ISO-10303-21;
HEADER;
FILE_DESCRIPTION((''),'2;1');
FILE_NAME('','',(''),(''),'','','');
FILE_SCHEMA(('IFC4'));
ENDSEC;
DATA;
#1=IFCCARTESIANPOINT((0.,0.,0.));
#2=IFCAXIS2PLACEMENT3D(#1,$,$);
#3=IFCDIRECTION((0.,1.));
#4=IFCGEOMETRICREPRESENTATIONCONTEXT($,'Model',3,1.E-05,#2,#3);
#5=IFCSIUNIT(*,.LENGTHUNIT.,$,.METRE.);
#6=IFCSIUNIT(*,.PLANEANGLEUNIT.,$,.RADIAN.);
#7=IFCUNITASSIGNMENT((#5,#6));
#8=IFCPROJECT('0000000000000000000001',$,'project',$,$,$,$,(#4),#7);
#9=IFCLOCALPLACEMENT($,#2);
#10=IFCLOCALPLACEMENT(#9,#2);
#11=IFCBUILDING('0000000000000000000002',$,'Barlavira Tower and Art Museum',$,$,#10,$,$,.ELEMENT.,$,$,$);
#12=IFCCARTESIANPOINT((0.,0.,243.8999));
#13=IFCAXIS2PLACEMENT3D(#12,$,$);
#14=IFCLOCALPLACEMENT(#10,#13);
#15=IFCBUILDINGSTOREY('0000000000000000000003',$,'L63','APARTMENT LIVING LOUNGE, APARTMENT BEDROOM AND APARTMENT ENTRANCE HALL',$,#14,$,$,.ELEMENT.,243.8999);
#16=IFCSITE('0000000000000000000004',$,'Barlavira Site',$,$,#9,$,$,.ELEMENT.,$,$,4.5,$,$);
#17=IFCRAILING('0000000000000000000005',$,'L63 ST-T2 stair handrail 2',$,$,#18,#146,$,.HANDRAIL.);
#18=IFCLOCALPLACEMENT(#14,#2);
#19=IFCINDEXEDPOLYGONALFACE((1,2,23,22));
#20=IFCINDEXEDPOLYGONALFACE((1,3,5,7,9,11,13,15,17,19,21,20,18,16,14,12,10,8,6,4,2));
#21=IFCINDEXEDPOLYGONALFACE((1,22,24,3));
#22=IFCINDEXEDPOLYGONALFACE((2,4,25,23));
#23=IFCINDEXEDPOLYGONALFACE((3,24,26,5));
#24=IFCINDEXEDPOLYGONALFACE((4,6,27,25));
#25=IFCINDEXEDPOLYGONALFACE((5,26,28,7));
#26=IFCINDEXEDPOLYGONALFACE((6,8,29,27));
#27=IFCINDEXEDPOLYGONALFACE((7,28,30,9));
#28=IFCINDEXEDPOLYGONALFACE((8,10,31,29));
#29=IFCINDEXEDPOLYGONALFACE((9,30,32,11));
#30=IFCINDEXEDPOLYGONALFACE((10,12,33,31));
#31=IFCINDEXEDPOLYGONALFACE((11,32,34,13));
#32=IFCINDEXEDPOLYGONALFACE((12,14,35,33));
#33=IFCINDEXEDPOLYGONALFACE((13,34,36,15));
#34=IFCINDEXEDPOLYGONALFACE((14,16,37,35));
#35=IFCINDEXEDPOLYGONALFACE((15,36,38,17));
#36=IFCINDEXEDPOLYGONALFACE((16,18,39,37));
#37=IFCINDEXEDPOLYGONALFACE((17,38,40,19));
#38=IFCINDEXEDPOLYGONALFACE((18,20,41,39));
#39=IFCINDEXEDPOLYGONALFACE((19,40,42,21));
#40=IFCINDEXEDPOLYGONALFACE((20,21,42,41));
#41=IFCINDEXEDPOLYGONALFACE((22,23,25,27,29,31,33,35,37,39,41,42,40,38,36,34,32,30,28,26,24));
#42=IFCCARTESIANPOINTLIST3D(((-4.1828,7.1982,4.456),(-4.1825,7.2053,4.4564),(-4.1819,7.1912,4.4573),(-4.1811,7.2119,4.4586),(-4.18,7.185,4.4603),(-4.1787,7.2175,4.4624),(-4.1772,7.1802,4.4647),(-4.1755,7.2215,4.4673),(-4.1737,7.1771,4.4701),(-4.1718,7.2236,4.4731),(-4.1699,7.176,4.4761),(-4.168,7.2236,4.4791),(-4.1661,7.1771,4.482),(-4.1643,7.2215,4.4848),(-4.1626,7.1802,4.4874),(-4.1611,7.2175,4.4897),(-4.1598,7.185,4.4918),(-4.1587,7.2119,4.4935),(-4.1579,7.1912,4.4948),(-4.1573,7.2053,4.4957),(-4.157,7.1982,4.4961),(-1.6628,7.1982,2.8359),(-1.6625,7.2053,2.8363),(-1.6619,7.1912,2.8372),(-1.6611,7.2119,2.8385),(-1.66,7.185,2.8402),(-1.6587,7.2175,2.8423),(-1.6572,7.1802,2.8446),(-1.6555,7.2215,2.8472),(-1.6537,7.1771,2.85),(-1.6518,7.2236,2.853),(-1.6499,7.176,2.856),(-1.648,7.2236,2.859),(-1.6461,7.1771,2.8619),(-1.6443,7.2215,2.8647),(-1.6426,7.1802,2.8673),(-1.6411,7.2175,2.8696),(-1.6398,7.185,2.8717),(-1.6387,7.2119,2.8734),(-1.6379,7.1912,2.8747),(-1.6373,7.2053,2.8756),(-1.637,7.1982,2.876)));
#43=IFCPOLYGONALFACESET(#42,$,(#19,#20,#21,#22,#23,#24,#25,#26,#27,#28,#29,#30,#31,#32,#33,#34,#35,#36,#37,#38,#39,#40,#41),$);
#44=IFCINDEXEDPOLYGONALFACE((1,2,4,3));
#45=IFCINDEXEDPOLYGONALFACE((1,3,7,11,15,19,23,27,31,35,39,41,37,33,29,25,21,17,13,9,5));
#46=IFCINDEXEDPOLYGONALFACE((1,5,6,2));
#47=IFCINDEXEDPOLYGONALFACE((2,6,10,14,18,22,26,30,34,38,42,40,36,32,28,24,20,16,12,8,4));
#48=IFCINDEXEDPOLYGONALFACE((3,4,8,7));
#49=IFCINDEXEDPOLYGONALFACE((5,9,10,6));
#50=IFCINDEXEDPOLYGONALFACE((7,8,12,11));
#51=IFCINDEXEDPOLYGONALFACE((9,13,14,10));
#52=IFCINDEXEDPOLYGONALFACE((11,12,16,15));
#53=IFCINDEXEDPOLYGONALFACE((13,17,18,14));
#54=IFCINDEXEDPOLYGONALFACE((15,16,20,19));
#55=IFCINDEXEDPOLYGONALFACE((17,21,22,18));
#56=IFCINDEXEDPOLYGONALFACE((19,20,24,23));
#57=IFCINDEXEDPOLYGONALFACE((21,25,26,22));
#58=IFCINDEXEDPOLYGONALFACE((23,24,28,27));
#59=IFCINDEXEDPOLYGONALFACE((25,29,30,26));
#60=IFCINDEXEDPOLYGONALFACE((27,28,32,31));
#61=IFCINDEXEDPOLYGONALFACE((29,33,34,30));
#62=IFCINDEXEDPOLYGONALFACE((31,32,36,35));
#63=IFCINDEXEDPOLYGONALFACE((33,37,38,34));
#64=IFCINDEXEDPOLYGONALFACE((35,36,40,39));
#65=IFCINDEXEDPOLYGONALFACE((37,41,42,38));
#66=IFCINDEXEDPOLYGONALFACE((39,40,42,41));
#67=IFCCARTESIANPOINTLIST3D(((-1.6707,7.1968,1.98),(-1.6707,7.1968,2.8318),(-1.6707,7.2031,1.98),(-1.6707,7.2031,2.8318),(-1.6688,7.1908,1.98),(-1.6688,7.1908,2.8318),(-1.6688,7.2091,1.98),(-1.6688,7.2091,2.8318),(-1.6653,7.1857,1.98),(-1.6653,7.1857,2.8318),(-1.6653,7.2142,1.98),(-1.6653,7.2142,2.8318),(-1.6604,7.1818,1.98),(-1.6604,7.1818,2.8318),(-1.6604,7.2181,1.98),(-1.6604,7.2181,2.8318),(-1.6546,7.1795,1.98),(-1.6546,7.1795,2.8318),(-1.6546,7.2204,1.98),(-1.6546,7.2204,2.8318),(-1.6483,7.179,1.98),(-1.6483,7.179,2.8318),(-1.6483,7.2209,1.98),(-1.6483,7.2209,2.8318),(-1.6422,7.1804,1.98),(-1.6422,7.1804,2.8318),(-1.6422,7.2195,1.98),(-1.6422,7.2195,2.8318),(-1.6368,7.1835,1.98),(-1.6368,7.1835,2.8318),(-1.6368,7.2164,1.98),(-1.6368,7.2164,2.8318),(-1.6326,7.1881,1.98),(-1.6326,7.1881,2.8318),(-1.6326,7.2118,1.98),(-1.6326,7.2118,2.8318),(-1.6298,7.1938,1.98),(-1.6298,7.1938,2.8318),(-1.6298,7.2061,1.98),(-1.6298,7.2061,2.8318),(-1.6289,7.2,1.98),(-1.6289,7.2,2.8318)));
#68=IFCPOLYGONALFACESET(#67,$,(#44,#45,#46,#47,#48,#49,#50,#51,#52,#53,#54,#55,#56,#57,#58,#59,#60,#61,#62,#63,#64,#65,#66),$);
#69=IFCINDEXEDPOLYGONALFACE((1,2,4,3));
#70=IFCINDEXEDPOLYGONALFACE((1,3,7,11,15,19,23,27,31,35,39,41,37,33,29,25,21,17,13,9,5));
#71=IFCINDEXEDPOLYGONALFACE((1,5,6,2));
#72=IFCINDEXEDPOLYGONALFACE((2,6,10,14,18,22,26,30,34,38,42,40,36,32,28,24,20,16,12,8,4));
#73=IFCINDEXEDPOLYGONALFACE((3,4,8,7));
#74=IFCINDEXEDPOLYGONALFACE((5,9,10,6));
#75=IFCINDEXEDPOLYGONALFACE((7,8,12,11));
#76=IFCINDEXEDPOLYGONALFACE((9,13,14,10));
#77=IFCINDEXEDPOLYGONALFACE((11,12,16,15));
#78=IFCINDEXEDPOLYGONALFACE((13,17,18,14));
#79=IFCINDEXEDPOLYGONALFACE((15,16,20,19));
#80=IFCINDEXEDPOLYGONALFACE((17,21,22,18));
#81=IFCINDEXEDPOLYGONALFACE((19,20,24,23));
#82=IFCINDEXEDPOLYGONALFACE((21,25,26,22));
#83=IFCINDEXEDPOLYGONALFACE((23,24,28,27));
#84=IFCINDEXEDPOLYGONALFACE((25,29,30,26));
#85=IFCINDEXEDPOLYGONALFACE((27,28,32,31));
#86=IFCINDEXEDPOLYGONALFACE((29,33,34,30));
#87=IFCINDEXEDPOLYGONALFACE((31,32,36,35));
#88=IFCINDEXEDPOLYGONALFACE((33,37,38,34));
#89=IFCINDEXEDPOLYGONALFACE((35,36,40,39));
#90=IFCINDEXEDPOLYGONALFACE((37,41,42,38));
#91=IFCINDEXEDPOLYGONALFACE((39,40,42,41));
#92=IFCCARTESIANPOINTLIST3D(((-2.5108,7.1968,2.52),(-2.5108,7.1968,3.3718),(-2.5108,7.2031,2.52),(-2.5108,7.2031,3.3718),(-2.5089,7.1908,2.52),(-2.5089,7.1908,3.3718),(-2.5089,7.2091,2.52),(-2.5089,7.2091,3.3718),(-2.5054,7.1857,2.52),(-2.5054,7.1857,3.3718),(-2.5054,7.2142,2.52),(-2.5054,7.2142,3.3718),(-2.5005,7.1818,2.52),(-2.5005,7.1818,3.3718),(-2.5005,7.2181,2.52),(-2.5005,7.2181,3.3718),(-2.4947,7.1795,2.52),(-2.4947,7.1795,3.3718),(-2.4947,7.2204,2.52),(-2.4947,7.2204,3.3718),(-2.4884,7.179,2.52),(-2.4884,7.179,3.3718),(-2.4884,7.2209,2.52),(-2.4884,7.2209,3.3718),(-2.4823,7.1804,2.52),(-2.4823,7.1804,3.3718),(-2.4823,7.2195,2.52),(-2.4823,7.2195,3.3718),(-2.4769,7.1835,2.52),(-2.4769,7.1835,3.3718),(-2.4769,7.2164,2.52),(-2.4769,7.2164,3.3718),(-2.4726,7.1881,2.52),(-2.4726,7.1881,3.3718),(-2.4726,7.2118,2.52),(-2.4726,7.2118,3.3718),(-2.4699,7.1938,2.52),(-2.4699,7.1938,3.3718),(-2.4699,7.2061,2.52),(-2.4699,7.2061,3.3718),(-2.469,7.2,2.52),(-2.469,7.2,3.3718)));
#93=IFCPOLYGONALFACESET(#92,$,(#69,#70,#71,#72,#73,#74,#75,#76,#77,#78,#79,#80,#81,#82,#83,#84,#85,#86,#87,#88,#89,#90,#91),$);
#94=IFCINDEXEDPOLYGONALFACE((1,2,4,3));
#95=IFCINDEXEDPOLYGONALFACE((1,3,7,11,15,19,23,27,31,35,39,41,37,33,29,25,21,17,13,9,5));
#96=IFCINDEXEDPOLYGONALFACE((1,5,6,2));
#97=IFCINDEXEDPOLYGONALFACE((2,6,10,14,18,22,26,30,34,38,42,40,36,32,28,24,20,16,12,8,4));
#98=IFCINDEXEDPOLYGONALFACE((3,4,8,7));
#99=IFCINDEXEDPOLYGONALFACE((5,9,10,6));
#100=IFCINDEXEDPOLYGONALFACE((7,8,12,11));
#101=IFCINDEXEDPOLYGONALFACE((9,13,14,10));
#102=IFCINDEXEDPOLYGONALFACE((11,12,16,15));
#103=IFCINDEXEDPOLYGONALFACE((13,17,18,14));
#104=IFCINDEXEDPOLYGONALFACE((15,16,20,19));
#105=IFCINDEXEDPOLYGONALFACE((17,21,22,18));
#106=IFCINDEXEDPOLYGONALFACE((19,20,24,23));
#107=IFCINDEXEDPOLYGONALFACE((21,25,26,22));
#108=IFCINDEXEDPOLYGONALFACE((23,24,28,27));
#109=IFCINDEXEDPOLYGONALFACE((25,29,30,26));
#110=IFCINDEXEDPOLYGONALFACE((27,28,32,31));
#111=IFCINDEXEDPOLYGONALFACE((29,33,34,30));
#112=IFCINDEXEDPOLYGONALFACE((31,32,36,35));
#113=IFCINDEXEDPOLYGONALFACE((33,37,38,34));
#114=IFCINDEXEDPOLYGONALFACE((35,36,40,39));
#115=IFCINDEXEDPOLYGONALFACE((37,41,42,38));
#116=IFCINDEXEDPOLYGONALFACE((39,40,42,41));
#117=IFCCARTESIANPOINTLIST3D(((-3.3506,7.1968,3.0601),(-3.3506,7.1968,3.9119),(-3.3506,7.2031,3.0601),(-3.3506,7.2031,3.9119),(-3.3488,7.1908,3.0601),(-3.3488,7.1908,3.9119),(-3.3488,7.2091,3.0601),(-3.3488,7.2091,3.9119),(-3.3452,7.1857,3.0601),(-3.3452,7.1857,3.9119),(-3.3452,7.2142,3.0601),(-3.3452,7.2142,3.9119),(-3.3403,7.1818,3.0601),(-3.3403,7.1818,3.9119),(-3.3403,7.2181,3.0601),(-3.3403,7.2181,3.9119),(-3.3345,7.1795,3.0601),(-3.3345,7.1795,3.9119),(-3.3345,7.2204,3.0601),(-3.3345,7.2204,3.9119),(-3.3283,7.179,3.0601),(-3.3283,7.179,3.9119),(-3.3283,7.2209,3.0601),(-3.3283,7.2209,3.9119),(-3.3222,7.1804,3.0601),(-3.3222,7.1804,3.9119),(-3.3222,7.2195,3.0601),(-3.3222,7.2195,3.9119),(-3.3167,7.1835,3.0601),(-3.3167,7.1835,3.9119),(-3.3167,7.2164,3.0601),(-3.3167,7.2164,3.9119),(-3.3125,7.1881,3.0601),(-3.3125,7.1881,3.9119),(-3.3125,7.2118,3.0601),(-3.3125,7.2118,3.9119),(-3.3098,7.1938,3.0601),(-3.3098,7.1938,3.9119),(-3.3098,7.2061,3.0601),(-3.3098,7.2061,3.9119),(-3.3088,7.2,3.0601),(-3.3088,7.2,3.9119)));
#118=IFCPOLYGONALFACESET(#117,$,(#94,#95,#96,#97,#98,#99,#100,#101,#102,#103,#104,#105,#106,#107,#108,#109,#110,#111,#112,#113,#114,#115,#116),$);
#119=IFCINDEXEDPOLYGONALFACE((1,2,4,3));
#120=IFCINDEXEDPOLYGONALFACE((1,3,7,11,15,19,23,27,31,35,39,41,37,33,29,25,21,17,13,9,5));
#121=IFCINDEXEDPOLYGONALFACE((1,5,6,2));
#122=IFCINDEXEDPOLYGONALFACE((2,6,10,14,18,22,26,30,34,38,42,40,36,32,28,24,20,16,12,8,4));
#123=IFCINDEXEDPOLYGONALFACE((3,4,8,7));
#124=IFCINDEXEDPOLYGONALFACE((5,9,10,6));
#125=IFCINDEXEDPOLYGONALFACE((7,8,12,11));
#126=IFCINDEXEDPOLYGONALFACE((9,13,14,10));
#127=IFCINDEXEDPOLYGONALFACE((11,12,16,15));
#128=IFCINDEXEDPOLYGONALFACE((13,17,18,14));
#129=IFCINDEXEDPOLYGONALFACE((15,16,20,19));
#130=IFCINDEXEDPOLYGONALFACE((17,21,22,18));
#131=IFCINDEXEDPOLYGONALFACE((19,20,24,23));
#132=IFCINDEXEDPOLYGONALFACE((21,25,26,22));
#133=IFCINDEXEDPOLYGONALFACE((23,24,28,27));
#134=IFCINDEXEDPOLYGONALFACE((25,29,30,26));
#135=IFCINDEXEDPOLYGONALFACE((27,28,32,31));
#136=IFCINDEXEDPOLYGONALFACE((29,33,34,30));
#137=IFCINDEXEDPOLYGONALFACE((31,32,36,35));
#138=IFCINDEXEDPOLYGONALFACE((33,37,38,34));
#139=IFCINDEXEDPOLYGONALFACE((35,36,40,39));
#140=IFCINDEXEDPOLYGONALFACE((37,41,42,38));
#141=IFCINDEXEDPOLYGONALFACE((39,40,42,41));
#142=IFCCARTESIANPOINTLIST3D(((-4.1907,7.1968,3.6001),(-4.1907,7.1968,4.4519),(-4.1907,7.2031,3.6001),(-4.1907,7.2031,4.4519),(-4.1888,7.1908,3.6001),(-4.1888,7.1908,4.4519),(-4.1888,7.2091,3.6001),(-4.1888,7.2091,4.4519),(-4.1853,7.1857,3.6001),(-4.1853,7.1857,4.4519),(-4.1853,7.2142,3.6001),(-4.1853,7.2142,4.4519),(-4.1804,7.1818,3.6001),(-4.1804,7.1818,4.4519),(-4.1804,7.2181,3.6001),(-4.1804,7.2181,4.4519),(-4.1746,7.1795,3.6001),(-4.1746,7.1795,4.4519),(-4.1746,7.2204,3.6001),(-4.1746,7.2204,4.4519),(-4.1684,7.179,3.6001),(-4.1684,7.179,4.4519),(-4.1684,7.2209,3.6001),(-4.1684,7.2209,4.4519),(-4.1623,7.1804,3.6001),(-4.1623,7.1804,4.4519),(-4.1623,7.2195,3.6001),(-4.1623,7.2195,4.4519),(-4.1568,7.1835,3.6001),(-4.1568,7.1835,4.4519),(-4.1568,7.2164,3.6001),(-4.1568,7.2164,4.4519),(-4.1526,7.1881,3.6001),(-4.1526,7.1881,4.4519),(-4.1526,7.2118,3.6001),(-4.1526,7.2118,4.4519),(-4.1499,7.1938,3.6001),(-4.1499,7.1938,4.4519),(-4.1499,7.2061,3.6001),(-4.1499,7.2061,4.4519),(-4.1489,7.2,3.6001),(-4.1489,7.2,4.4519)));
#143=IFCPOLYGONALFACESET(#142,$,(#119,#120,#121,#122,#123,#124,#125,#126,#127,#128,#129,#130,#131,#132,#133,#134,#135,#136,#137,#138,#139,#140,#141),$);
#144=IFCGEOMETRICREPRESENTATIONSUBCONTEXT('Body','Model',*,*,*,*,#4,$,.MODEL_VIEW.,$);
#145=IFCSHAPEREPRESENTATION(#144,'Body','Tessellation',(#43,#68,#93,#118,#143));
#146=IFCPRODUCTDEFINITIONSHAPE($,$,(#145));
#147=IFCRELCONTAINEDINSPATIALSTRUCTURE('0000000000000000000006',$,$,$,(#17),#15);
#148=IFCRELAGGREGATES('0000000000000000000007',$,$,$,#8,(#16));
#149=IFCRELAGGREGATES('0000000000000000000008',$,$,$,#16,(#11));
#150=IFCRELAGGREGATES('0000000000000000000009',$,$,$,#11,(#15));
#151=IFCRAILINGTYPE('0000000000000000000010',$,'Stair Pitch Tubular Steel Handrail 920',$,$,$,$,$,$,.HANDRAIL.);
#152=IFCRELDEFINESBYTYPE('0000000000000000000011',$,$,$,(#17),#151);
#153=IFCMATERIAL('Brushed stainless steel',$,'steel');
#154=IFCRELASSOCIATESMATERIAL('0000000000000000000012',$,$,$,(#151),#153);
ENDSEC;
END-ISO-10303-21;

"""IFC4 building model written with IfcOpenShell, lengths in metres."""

from ifc_helpers import new_model, si_unit, direction, frame, origin, origin_2d, place, context, subcontext, project, spatial, circle, extrude, material, type_object, element, save


model = new_model("IFC4")

# Units and contexts
model_context = context("Model", 3, precision=1e-05, world=origin(), true_north=direction((0.0, 1.0)))
body_context = subcontext(model_context, "Body", "Model", "MODEL_VIEW")
ifc_project = project(units=[si_unit("LENGTHUNIT", "METRE"), si_unit("PLANEANGLEUNIT", "RADIAN")], contexts=[model_context])

# Site, building, storey
site_placement = place(None, origin())
site = spatial("IfcSite", under=ifc_project, at=site_placement, Name="Barlavira Site", CompositionType="ELEMENT", RefElevation=4.5)
building_placement = place(site_placement, origin())
building = spatial("IfcBuilding", under=site, at=building_placement, Name="Barlavira Tower and Art Museum", CompositionType="ELEMENT")
storey_placement = place(building_placement, frame((0.0, 0.0, 243.8999)))
storey = spatial("IfcBuildingStorey", under=building, at=storey_placement, Name="L63", Description="APARTMENT LIVING LOUNGE, APARTMENT BEDROOM AND APARTMENT ENTRANCE HALL", CompositionType="ELEMENT", Elevation=243.8999)

# Shared definitions
ifc_material_1 = material(Name="Brushed stainless steel", Category="steel")

# Railing
railing_type_1 = type_object("IfcRailingType", Name="Stair Pitch Tubular Steel Handrail 920", PredefinedType="HANDRAIL", material=ifc_material_1)
railing_1_placement = place(storey_placement, frame((-1.6499, 7.2, 1.98)))
element("IfcRailing", 1, at=railing_1_placement, inside=storey, type_object=railing_type_1, Name="L63 ST-T2 stair handrail 2", PredefinedType="HANDRAIL", context=body_context, shape_type="SweptSolid", body=[
    extrude(circle(Radius=0.0239, at=origin_2d()), frame((0.0, 0.0, 0.876), z_axis=(-0.841163, 0.0, 0.540782), x_axis=(0.0, -1.0, 0.0)), (0.0, 0.0, 1.0), 2.9958),
    extrude(circle(Radius=0.021, at=origin_2d()), origin(), (0.0, 0.0, 1.0), 0.8518),
    extrude(circle(Radius=0.021, at=origin_2d()), frame((-0.8401, 0.0, 0.54)), (0.0, 0.0, 1.0), 0.8518),
    extrude(circle(Radius=0.021, at=origin_2d()), frame((-1.6799, 0.0, 1.0801)), (0.0, 0.0, 1.0), 0.8518),
    extrude(circle(Radius=0.021, at=origin_2d()), frame((-2.52, 0.0, 1.6201)), (0.0, 0.0, 1.0), 0.8518),
])

save(model, "model.ifc")
